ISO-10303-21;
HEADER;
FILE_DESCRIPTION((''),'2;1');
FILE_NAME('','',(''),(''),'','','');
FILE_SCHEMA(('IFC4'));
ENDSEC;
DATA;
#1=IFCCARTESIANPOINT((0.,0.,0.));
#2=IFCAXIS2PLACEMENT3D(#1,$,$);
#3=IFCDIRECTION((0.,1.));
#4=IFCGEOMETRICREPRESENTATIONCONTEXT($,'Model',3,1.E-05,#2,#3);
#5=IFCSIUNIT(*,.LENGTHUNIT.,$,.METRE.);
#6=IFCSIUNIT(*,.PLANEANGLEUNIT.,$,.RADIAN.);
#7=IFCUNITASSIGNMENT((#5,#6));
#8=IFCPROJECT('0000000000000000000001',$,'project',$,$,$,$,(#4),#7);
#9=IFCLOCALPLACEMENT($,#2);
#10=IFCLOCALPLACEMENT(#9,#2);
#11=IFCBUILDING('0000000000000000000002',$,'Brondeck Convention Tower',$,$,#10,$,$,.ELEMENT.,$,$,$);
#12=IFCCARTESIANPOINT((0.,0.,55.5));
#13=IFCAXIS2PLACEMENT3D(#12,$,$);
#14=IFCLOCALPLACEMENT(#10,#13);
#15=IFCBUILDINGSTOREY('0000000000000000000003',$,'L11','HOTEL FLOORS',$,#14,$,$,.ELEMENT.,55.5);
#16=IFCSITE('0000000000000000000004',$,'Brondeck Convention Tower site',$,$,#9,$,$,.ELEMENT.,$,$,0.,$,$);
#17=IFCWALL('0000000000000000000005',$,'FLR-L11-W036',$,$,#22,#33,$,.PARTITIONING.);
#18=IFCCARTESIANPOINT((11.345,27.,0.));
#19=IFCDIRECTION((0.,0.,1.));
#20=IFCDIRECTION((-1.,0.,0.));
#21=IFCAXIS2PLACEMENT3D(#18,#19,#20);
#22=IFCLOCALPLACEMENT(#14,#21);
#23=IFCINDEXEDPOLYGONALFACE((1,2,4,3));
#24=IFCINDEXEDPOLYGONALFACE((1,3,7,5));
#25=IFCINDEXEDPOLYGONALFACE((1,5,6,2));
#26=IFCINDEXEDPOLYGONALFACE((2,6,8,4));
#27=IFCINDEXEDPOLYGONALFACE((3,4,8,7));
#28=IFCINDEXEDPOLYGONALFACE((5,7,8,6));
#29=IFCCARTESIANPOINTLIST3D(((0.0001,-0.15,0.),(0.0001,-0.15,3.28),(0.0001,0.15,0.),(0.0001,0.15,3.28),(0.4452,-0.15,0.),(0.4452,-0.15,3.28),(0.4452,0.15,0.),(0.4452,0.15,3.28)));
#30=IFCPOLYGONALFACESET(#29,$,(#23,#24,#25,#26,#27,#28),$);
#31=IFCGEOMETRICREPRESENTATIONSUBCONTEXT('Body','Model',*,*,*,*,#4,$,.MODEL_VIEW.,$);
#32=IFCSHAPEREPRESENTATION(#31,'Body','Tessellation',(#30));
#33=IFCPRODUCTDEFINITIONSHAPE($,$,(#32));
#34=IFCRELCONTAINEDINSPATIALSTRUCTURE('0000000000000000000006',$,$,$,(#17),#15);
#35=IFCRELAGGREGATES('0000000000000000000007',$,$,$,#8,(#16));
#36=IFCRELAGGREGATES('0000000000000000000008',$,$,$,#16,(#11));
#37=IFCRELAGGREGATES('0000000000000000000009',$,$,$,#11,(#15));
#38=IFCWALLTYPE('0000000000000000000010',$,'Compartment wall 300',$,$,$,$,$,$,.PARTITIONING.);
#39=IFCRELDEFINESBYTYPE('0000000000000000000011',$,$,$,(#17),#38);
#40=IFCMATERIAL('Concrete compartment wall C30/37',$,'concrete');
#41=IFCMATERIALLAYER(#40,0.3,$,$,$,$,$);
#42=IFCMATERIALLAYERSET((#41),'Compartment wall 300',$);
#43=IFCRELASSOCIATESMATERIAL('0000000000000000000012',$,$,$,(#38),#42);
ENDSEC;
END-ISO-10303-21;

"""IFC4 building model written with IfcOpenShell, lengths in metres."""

from ifc_helpers import new_model, si_unit, direction, frame, frame_2d, origin, place, context, subcontext, project, spatial, rectangle, extrude, material, layer, layer_set, type_object, element, save


model = new_model("IFC4")

# Units and contexts
model_context = context("Model", 3, precision=1e-05, world=origin(), true_north=direction((0.0, 1.0)))
body_context = subcontext(model_context, "Body", "Model", "MODEL_VIEW")
ifc_project = project(units=[si_unit("LENGTHUNIT", "METRE"), si_unit("PLANEANGLEUNIT", "RADIAN")], contexts=[model_context])

# Site, building, storey
site_placement = place(None, origin())
site = spatial("IfcSite", under=ifc_project, at=site_placement, Name="Brondeck Convention Tower site", CompositionType="ELEMENT", RefElevation=0.0)
building_placement = place(site_placement, origin())
building = spatial("IfcBuilding", under=site, at=building_placement, Name="Brondeck Convention Tower", CompositionType="ELEMENT")
storey_placement = place(building_placement, frame((0.0, 0.0, 55.5)))
storey = spatial("IfcBuildingStorey", under=building, at=storey_placement, Name="L11", Description="HOTEL FLOORS", CompositionType="ELEMENT", Elevation=55.5)

# Wall
ifc_material_1 = material(Name="Concrete compartment wall C30/37", Category="concrete")
ifc_layer_1 = layer(ifc_material_1, 0.3)
ifc_layer_set_1 = layer_set([ifc_layer_1], Name="Compartment wall 300")
wall_type_1 = type_object("IfcWallType", Name="Compartment wall 300", PredefinedType="PARTITIONING", material=ifc_layer_set_1)
wall_1_placement = place(storey_placement, frame((11.345, 27.0, 0.0), z_axis=(0.0, 0.0, 1.0), x_axis=(-1.0, 0.0, 0.0)))
element("IfcWall", 1, at=wall_1_placement, inside=storey, type_object=wall_type_1, Name="FLR-L11-W036", PredefinedType="PARTITIONING", context=body_context, shape_type="SweptSolid", body=[
    extrude(rectangle(XDim=0.4451, YDim=0.3, at=frame_2d((0.2227, 0.0))), origin(), (0.0, 0.0, 1.0), 3.28),
])

save(model, "model.ifc")
